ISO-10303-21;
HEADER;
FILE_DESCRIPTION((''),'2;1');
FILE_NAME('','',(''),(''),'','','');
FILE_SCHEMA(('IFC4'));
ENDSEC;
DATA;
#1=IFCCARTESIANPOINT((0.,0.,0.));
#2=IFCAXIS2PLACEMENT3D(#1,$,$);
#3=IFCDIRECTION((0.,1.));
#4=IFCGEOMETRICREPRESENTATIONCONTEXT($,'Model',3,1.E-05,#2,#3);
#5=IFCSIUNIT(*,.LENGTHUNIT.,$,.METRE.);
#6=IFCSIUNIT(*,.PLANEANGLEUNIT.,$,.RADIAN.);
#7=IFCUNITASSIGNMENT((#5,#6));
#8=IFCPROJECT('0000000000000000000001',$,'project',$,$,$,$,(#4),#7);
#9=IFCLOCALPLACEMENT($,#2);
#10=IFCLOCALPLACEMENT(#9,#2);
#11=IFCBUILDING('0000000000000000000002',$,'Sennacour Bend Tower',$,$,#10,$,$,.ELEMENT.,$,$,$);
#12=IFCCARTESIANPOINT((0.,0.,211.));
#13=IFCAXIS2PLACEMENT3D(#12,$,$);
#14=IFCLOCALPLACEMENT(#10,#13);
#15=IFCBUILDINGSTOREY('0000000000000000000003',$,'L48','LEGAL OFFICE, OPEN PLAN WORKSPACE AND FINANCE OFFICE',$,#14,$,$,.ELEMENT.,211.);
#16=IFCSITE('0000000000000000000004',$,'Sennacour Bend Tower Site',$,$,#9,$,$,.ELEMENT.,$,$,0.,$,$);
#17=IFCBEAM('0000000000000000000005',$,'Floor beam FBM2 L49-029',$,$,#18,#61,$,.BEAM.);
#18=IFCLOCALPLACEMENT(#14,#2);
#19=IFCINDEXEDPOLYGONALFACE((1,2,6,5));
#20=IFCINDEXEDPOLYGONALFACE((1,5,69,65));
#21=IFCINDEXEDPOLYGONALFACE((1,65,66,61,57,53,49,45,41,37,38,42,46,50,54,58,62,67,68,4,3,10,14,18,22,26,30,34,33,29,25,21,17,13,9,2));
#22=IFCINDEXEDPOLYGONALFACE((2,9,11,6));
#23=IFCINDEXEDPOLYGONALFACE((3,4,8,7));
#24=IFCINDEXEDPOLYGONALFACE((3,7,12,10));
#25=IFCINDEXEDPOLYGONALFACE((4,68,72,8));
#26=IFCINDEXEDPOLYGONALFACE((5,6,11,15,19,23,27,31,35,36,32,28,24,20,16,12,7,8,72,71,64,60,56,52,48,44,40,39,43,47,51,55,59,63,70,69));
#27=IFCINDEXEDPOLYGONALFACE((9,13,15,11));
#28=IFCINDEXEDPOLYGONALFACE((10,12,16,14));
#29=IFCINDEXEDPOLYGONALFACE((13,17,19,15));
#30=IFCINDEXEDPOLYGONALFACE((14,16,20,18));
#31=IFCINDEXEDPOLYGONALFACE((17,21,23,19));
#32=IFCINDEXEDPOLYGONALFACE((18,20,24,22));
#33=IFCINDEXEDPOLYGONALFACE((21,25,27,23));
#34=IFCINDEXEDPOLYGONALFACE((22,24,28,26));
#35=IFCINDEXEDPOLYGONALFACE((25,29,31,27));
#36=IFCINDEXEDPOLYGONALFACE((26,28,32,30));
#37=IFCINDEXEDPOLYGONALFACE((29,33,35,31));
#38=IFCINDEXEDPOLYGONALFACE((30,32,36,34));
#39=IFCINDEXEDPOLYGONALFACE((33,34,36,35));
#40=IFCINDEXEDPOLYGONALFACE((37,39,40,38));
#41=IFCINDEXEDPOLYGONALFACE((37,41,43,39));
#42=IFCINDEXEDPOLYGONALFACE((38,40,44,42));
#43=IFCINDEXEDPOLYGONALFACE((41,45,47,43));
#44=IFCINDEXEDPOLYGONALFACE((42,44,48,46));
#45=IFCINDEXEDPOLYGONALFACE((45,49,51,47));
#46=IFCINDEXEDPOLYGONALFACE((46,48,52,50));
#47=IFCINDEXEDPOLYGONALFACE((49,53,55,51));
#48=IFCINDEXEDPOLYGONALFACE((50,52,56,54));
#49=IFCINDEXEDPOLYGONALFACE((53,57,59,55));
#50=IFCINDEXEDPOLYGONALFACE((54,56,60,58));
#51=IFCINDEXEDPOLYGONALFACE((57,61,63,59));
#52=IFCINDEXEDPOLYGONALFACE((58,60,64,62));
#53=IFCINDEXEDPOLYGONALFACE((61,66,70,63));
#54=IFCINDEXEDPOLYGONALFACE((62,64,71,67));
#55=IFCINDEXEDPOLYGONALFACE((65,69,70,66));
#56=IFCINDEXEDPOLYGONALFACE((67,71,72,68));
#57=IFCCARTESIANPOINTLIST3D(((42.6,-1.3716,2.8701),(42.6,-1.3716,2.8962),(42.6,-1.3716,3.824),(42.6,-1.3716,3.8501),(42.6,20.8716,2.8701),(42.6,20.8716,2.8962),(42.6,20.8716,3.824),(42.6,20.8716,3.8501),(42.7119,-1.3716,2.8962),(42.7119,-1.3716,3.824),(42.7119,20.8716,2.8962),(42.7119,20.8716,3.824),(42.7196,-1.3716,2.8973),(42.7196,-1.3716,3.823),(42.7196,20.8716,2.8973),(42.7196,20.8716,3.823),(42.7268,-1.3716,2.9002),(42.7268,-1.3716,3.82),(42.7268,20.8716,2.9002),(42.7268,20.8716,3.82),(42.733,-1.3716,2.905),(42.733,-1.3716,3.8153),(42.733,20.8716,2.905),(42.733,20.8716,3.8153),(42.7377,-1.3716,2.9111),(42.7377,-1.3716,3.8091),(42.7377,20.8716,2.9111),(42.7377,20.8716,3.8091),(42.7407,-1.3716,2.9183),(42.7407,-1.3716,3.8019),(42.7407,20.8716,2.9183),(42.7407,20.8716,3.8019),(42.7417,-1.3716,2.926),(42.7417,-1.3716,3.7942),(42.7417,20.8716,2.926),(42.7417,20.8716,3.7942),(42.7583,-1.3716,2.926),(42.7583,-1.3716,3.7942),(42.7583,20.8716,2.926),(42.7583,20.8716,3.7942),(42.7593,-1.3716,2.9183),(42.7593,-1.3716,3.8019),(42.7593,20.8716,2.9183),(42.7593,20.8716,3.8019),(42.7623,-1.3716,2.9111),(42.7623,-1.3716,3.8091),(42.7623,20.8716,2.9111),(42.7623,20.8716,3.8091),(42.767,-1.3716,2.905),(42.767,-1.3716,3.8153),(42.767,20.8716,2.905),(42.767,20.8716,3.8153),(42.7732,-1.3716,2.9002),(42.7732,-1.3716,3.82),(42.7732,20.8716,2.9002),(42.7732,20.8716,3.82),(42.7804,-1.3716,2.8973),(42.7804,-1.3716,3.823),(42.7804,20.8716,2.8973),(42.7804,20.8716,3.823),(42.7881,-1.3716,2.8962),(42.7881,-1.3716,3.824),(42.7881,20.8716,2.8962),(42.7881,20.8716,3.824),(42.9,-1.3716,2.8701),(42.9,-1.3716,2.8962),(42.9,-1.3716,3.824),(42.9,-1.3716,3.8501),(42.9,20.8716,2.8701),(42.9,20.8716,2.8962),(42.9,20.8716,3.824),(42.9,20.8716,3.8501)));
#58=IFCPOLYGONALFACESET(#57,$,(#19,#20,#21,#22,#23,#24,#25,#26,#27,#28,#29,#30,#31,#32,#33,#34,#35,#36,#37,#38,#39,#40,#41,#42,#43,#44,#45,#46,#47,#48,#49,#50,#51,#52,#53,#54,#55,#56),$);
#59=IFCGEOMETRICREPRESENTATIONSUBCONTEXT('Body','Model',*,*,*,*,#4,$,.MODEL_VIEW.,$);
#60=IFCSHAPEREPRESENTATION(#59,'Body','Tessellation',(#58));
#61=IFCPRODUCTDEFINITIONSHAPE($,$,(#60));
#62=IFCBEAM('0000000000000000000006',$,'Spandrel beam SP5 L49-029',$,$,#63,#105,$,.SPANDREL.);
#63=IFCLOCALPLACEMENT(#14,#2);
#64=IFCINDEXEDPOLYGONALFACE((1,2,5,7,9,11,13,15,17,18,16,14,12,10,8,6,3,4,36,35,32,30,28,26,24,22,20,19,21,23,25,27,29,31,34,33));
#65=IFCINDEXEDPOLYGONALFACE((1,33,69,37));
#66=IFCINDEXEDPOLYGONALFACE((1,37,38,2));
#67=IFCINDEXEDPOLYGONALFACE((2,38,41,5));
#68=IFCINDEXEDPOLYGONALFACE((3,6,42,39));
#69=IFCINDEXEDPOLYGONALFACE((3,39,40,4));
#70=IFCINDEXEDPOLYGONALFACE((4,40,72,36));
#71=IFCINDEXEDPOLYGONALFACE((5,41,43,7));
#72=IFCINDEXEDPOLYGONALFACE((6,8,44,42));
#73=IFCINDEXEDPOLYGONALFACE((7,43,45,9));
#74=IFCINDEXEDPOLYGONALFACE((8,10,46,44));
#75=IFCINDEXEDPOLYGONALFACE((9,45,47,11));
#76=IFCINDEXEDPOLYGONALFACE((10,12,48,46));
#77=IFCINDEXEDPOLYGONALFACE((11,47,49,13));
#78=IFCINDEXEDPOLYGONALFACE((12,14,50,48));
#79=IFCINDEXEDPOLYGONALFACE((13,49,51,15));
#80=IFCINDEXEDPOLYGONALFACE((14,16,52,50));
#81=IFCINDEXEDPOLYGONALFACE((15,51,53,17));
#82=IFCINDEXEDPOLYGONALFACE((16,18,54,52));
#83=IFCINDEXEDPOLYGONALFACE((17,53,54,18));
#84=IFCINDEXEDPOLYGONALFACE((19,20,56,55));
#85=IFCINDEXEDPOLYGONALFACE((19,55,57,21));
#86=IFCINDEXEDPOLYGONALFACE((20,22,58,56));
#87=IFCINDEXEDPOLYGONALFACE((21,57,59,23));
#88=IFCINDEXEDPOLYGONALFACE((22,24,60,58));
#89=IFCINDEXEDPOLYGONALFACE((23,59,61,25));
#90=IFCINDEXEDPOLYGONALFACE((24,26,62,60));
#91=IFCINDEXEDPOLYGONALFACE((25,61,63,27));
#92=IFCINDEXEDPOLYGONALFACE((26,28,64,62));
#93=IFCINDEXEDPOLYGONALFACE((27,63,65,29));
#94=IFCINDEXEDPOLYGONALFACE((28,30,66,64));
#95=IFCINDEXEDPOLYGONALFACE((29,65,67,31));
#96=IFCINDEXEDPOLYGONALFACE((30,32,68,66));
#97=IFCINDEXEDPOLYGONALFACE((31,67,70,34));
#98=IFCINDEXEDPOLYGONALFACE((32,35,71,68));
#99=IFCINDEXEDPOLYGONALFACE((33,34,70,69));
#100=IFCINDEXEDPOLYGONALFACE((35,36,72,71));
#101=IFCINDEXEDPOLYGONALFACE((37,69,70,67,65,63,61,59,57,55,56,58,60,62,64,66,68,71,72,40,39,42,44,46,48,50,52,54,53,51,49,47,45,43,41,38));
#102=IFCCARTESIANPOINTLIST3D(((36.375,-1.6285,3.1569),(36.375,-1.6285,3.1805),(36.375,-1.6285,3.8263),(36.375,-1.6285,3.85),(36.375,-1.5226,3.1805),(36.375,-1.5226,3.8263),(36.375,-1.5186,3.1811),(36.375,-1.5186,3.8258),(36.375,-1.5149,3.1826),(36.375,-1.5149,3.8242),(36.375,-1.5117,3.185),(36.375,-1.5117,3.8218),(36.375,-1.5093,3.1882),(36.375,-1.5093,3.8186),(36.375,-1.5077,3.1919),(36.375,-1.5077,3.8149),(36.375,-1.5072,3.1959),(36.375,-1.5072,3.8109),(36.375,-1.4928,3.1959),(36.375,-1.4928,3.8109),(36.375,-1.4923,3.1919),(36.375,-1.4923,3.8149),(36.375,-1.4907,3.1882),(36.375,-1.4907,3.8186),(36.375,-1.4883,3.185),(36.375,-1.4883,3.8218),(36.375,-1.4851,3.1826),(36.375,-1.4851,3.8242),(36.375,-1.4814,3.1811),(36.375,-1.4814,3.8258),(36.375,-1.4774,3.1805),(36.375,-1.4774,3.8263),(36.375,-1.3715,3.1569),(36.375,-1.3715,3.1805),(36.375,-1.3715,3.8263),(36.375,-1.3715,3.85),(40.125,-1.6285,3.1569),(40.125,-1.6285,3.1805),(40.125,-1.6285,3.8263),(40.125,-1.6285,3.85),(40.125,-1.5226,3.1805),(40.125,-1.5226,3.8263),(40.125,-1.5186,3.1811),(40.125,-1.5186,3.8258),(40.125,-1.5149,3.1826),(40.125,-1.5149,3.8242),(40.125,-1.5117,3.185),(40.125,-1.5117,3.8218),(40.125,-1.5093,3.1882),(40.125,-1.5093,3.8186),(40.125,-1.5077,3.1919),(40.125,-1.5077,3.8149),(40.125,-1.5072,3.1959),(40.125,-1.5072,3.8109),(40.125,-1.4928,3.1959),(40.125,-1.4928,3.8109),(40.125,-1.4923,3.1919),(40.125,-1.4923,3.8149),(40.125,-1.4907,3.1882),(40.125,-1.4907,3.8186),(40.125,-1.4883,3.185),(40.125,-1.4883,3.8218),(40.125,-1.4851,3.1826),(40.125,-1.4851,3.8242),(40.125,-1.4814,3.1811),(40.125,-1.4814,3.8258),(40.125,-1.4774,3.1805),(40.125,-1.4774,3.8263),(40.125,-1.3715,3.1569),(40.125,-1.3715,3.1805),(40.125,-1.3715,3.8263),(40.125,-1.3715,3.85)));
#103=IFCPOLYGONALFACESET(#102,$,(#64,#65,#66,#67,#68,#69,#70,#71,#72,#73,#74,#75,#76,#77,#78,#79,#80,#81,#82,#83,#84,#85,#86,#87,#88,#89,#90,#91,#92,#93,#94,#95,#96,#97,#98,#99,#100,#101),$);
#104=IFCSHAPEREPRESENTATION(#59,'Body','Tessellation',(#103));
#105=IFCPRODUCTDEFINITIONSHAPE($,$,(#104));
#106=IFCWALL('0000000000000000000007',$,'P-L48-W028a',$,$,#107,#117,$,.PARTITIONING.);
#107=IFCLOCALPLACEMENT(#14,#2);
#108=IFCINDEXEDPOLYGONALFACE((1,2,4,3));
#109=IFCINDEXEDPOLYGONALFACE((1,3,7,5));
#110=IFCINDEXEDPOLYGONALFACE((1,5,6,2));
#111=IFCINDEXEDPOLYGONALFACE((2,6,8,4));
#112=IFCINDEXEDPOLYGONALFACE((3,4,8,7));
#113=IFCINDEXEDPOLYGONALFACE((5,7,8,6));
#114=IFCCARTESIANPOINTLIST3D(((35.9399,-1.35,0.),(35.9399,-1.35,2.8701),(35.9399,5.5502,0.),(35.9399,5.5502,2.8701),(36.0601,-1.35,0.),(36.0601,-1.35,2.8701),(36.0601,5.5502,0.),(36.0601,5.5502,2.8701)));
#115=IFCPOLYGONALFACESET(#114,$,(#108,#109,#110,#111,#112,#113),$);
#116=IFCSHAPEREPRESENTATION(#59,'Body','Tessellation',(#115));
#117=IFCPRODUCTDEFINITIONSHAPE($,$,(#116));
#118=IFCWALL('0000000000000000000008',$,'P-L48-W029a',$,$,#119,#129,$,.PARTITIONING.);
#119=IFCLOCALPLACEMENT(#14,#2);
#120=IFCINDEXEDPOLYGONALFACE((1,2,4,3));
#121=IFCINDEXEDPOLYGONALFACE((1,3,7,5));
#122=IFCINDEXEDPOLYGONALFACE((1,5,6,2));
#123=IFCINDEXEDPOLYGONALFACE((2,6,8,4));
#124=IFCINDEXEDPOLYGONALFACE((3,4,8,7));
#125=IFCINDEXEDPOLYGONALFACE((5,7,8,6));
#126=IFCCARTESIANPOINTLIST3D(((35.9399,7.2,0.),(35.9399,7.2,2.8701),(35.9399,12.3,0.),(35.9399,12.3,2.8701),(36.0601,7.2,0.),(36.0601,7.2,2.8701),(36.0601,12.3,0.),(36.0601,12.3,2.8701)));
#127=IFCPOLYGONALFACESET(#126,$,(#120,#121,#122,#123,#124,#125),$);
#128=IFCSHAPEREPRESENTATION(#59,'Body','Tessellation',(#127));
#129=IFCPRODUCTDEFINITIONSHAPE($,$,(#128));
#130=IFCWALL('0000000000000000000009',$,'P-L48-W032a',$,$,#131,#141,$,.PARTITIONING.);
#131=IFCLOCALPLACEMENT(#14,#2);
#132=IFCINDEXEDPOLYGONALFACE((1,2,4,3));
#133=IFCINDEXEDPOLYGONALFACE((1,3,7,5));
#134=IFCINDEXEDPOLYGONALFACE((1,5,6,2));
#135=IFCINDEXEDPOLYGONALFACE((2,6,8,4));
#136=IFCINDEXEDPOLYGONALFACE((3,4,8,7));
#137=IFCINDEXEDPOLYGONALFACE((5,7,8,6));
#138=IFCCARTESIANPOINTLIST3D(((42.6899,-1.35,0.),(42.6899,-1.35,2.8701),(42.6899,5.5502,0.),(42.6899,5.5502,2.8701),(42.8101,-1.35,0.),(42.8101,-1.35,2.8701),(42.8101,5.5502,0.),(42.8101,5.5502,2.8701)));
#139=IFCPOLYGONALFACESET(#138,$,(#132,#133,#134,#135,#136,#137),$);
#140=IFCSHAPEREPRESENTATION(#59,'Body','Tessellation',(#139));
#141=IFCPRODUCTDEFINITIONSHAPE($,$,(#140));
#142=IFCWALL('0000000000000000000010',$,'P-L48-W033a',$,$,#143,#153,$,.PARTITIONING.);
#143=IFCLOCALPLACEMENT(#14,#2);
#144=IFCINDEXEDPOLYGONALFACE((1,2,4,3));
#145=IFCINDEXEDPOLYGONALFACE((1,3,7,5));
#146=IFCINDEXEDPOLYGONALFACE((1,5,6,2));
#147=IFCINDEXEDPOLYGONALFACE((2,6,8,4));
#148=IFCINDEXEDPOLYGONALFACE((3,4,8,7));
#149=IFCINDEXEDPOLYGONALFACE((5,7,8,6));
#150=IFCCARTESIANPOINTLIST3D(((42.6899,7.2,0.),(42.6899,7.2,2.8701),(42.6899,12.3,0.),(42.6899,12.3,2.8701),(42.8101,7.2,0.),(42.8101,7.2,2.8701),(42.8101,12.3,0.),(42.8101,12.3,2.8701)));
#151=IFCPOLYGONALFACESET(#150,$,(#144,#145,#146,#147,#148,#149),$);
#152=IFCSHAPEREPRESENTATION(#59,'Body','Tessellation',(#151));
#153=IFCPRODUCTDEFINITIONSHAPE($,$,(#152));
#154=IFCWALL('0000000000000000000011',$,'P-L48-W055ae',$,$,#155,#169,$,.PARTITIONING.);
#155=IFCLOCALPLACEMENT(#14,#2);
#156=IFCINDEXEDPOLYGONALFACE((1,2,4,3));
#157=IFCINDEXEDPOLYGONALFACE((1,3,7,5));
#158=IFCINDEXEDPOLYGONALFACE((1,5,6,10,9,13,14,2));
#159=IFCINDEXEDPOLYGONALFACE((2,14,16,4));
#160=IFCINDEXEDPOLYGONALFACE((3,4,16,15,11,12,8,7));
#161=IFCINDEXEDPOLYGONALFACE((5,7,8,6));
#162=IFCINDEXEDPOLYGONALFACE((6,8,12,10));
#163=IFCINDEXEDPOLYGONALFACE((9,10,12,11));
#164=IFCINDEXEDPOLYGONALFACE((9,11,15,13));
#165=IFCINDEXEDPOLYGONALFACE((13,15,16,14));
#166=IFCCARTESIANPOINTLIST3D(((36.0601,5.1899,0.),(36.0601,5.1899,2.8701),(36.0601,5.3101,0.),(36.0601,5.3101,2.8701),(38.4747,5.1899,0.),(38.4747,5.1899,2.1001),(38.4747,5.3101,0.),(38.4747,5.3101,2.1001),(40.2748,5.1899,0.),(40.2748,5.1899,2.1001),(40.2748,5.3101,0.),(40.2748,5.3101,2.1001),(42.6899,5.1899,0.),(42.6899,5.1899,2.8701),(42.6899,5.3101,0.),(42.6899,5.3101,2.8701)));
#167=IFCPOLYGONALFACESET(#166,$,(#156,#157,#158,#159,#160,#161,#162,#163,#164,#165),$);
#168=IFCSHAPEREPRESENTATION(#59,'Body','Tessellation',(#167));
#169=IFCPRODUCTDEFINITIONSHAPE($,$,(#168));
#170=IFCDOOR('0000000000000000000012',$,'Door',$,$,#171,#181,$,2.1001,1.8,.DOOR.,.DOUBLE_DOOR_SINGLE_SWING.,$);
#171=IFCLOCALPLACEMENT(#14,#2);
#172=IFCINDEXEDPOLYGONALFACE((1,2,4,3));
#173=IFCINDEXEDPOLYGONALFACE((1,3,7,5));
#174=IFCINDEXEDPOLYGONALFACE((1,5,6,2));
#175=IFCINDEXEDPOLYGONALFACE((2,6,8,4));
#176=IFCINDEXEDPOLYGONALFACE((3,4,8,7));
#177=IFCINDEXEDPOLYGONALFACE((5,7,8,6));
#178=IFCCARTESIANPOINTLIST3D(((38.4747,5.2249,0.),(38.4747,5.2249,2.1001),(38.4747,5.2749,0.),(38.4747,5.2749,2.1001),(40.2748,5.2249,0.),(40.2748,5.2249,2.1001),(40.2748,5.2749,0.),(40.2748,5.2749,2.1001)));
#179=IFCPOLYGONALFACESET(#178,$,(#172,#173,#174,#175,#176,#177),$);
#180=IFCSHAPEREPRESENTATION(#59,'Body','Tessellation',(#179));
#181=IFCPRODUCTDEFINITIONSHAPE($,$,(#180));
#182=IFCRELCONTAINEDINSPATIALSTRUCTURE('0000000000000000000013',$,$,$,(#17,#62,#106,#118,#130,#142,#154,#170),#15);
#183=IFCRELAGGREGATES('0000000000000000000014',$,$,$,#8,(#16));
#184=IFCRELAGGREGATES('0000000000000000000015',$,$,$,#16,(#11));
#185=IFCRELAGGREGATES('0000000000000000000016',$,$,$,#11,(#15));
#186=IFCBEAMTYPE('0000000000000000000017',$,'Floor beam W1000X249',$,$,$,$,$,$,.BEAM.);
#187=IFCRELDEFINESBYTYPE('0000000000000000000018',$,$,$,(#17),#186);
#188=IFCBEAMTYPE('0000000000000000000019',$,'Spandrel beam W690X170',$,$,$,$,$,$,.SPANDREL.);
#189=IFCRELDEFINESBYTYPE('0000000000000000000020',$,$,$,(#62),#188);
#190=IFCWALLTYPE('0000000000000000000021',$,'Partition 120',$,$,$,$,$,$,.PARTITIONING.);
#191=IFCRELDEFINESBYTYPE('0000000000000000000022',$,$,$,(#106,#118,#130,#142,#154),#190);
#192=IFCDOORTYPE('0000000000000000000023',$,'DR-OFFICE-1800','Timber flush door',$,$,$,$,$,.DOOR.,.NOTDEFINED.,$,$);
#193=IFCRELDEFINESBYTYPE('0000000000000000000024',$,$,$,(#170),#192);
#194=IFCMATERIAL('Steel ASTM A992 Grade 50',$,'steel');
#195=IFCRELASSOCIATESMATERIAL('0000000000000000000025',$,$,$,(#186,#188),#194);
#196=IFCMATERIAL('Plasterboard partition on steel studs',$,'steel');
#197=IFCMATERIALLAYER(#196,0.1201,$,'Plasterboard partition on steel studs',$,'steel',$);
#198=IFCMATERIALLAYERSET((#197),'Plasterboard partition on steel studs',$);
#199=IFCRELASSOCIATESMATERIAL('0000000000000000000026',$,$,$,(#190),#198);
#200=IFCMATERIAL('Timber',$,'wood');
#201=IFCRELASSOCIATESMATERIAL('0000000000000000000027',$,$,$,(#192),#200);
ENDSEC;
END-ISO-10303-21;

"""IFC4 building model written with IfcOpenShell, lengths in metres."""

from ifc_helpers import new_model, si_unit, direction, frame, frame_2d, origin, origin_2d, place, context, subcontext, project, spatial, rectangle, i_section, extrude, material, layer, layer_set, material_profile, profile_set, type_object, element, fill, save


model = new_model("IFC4")

# Units and contexts
model_context = context("Model", 3, precision=1e-05, world=origin(), true_north=direction((0.0, 1.0)))
body_context = subcontext(model_context, "Body", "Model", "MODEL_VIEW")
ifc_project = project(units=[si_unit("LENGTHUNIT", "METRE"), si_unit("PLANEANGLEUNIT", "RADIAN")], contexts=[model_context])

# Site, building, storey
site_placement = place(None, origin())
site = spatial("IfcSite", under=ifc_project, at=site_placement, Name="Sennacour Bend Tower Site", CompositionType="ELEMENT", RefElevation=0.0)
building_placement = place(site_placement, origin())
building = spatial("IfcBuilding", under=site, at=building_placement, Name="Sennacour Bend Tower", CompositionType="ELEMENT")
storey_placement = place(building_placement, frame((0.0, 0.0, 211.0)))
storey = spatial("IfcBuildingStorey", under=building, at=storey_placement, Name="L48", Description="LEGAL OFFICE, OPEN PLAN WORKSPACE AND FINANCE OFFICE", CompositionType="ELEMENT", Elevation=211.0)

# Beams
ifc_material_1 = material(Name="Steel ASTM A992 Grade 50", Category="steel")
ifc_material_profile_1 = material_profile(ifc_material_1, i_section(OverallWidth=0.3, OverallDepth=0.98, WebThickness=0.0166, FlangeThickness=0.0261, FilletRadius=0.0298, at=origin_2d()), Name="Steel ASTM A992 Grade 50", Category="steel")
ifc_profile_set_1 = profile_set([ifc_material_profile_1], Name="Steel ASTM A992 Grade 50")
beam_type_1 = type_object("IfcBeamType", Name="Floor beam W1000X249", PredefinedType="BEAM", material=ifc_profile_set_1)
beam_1_placement = place(storey_placement, frame((42.75, -1.3716, 3.3601), z_axis=(0.0, 1.0, 0.0), x_axis=(-1.0, 0.0, 0.0)))
element("IfcBeam", 1, at=beam_1_placement, inside=storey, type_object=beam_type_1, Name="Floor beam FBM2 L49-029", PredefinedType="BEAM", context=body_context, shape_type="SweptSolid", body=[
    extrude(i_section(OverallWidth=0.3, OverallDepth=0.98, WebThickness=0.0166, FlangeThickness=0.0261, FilletRadius=0.0298, at=origin_2d()), origin(), (0.0, 0.0, 1.0), 22.2432),
])
ifc_material_profile_2 = material_profile(ifc_material_1, i_section(OverallWidth=0.2571, OverallDepth=0.6931, WebThickness=0.0144, FlangeThickness=0.0237, FilletRadius=0.0154, at=origin_2d()), Name="Steel ASTM A992 Grade 50", Category="steel")
ifc_profile_set_2 = profile_set([ifc_material_profile_2], Name="Steel ASTM A992 Grade 50")
beam_type_2 = type_object("IfcBeamType", Name="Spandrel beam W690X170", PredefinedType="SPANDREL", material=ifc_profile_set_2)
beam_2_placement = place(storey_placement, frame((40.125, -1.5, 3.5034), z_axis=(-1.0, 0.0, 0.0), x_axis=(0.0, -1.0, 0.0)))
element("IfcBeam", 2, at=beam_2_placement, inside=storey, type_object=beam_type_2, Name="Spandrel beam SP5 L49-029", PredefinedType="SPANDREL", context=body_context, shape_type="SweptSolid", body=[
    extrude(i_section(OverallWidth=0.2571, OverallDepth=0.6931, WebThickness=0.0144, FlangeThickness=0.0237, FilletRadius=0.0154, at=origin_2d()), origin(), (0.0, 0.0, 1.0), 3.75),
])

# Walls
ifc_material_2 = material(Name="Plasterboard partition on steel studs", Category="steel")
ifc_layer_1 = layer(ifc_material_2, 0.1201, Name="Plasterboard partition on steel studs", Category="steel")
ifc_layer_set_1 = layer_set([ifc_layer_1], Name="Plasterboard partition on steel studs")
wall_type_1 = type_object("IfcWallType", Name="Partition 120", PredefinedType="PARTITIONING", material=ifc_layer_set_1)
wall_1_placement = place(storey_placement, frame((36.0, -1.3501, 0.0), z_axis=(0.0, 0.0, 1.0), x_axis=(0.0, 1.0, 0.0)))
element("IfcWall", 3, at=wall_1_placement, inside=storey, type_object=wall_type_1, Name="P-L48-W028a", PredefinedType="PARTITIONING", context=body_context, shape_type="SweptSolid", body=[
    extrude(rectangle(XDim=6.9001, YDim=0.1201, at=frame_2d((3.4502, 0.0))), origin(), (0.0, 0.0, 1.0), 2.8701),
])
wall_2_placement = place(storey_placement, frame((36.0, 7.2, 0.0), z_axis=(0.0, 0.0, 1.0), x_axis=(0.0, 1.0, 0.0)))
element("IfcWall", 4, at=wall_2_placement, inside=storey, type_object=wall_type_1, Name="P-L48-W029a", PredefinedType="PARTITIONING", context=body_context, shape_type="SweptSolid", body=[
    extrude(rectangle(XDim=5.1001, YDim=0.1201, at=frame_2d((2.55, 0.0))), origin(), (0.0, 0.0, 1.0), 2.8701),
])
wall_3_placement = place(storey_placement, frame((42.75, -1.3501, 0.0), z_axis=(0.0, 0.0, 1.0), x_axis=(0.0, 1.0, 0.0)))
element("IfcWall", 5, at=wall_3_placement, inside=storey, type_object=wall_type_1, Name="P-L48-W032a", PredefinedType="PARTITIONING", context=body_context, shape_type="SweptSolid", body=[
    extrude(rectangle(XDim=6.9001, YDim=0.1201, at=frame_2d((3.4502, 0.0))), origin(), (0.0, 0.0, 1.0), 2.8701),
])
wall_4_placement = place(storey_placement, frame((42.75, 7.2, 0.0), z_axis=(0.0, 0.0, 1.0), x_axis=(0.0, 1.0, 0.0)))
element("IfcWall", 6, at=wall_4_placement, inside=storey, type_object=wall_type_1, Name="P-L48-W033a", PredefinedType="PARTITIONING", context=body_context, shape_type="SweptSolid", body=[
    extrude(rectangle(XDim=5.1001, YDim=0.1201, at=frame_2d((2.55, 0.0))), origin(), (0.0, 0.0, 1.0), 2.8701),
])

# Wall, opening, door
wall_5_placement = place(storey_placement, frame((36.0601, 5.25, 0.0), z_axis=(0.0, 0.0, 1.0), x_axis=(1.0, 0.0, 0.0)))
wall_5 = element("IfcWall", 7, at=wall_5_placement, inside=storey, type_object=wall_type_1, Name="P-L48-W055ae", PredefinedType="PARTITIONING", context=body_context, shape_type="SweptSolid", body=[
    extrude(rectangle(XDim=6.6299, YDim=0.1201, at=frame_2d((3.3149, 0.0))), origin(), (0.0, 0.0, 1.0), 2.8701),
])
opening_1_placement = place(wall_5_placement, frame((2.4148, 0.0, 0.0)))
opening_1 = element("IfcOpeningElement", 8, at=opening_1_placement, cuts=wall_5, PredefinedType="OPENING", context=body_context, shape_type="SweptSolid", body=[
    extrude(rectangle(XDim=1.8, YDim=2.1001, at=frame_2d((0.8999, 1.05))), frame((0.0, 0.0701, 0.0), z_axis=(0.0, -1.0, 0.0), x_axis=(1.0, 0.0, 0.0)), (0.0, 0.0, 1.0), 0.1401),
])
ifc_material_3 = material(Name="Timber", Category="wood")
door_type_1 = type_object("IfcDoorType", Name="DR-OFFICE-1800", Description="Timber flush door", OperationType="NOTDEFINED", PredefinedType="DOOR", material=ifc_material_3)
door_1_placement = place(opening_1_placement, origin())
door_1 = element("IfcDoor", 9, at=door_1_placement, inside=storey, type_object=door_type_1, Name="Door", OperationType="DOUBLE_DOOR_SINGLE_SWING", OverallHeight=2.1001, OverallWidth=1.8, PredefinedType="DOOR", context=body_context, shape_type="SweptSolid", body=[
    extrude(rectangle(XDim=1.8, YDim=2.1001, at=frame_2d((0.8999, 1.05))), frame((0.0, 0.0249, 0.0), z_axis=(0.0, -1.0, 0.0), x_axis=(1.0, 0.0, 0.0)), (0.0, 0.0, 1.0), 0.05),
])
fill(opening_1, door_1)

save(model, "model.ifc")
